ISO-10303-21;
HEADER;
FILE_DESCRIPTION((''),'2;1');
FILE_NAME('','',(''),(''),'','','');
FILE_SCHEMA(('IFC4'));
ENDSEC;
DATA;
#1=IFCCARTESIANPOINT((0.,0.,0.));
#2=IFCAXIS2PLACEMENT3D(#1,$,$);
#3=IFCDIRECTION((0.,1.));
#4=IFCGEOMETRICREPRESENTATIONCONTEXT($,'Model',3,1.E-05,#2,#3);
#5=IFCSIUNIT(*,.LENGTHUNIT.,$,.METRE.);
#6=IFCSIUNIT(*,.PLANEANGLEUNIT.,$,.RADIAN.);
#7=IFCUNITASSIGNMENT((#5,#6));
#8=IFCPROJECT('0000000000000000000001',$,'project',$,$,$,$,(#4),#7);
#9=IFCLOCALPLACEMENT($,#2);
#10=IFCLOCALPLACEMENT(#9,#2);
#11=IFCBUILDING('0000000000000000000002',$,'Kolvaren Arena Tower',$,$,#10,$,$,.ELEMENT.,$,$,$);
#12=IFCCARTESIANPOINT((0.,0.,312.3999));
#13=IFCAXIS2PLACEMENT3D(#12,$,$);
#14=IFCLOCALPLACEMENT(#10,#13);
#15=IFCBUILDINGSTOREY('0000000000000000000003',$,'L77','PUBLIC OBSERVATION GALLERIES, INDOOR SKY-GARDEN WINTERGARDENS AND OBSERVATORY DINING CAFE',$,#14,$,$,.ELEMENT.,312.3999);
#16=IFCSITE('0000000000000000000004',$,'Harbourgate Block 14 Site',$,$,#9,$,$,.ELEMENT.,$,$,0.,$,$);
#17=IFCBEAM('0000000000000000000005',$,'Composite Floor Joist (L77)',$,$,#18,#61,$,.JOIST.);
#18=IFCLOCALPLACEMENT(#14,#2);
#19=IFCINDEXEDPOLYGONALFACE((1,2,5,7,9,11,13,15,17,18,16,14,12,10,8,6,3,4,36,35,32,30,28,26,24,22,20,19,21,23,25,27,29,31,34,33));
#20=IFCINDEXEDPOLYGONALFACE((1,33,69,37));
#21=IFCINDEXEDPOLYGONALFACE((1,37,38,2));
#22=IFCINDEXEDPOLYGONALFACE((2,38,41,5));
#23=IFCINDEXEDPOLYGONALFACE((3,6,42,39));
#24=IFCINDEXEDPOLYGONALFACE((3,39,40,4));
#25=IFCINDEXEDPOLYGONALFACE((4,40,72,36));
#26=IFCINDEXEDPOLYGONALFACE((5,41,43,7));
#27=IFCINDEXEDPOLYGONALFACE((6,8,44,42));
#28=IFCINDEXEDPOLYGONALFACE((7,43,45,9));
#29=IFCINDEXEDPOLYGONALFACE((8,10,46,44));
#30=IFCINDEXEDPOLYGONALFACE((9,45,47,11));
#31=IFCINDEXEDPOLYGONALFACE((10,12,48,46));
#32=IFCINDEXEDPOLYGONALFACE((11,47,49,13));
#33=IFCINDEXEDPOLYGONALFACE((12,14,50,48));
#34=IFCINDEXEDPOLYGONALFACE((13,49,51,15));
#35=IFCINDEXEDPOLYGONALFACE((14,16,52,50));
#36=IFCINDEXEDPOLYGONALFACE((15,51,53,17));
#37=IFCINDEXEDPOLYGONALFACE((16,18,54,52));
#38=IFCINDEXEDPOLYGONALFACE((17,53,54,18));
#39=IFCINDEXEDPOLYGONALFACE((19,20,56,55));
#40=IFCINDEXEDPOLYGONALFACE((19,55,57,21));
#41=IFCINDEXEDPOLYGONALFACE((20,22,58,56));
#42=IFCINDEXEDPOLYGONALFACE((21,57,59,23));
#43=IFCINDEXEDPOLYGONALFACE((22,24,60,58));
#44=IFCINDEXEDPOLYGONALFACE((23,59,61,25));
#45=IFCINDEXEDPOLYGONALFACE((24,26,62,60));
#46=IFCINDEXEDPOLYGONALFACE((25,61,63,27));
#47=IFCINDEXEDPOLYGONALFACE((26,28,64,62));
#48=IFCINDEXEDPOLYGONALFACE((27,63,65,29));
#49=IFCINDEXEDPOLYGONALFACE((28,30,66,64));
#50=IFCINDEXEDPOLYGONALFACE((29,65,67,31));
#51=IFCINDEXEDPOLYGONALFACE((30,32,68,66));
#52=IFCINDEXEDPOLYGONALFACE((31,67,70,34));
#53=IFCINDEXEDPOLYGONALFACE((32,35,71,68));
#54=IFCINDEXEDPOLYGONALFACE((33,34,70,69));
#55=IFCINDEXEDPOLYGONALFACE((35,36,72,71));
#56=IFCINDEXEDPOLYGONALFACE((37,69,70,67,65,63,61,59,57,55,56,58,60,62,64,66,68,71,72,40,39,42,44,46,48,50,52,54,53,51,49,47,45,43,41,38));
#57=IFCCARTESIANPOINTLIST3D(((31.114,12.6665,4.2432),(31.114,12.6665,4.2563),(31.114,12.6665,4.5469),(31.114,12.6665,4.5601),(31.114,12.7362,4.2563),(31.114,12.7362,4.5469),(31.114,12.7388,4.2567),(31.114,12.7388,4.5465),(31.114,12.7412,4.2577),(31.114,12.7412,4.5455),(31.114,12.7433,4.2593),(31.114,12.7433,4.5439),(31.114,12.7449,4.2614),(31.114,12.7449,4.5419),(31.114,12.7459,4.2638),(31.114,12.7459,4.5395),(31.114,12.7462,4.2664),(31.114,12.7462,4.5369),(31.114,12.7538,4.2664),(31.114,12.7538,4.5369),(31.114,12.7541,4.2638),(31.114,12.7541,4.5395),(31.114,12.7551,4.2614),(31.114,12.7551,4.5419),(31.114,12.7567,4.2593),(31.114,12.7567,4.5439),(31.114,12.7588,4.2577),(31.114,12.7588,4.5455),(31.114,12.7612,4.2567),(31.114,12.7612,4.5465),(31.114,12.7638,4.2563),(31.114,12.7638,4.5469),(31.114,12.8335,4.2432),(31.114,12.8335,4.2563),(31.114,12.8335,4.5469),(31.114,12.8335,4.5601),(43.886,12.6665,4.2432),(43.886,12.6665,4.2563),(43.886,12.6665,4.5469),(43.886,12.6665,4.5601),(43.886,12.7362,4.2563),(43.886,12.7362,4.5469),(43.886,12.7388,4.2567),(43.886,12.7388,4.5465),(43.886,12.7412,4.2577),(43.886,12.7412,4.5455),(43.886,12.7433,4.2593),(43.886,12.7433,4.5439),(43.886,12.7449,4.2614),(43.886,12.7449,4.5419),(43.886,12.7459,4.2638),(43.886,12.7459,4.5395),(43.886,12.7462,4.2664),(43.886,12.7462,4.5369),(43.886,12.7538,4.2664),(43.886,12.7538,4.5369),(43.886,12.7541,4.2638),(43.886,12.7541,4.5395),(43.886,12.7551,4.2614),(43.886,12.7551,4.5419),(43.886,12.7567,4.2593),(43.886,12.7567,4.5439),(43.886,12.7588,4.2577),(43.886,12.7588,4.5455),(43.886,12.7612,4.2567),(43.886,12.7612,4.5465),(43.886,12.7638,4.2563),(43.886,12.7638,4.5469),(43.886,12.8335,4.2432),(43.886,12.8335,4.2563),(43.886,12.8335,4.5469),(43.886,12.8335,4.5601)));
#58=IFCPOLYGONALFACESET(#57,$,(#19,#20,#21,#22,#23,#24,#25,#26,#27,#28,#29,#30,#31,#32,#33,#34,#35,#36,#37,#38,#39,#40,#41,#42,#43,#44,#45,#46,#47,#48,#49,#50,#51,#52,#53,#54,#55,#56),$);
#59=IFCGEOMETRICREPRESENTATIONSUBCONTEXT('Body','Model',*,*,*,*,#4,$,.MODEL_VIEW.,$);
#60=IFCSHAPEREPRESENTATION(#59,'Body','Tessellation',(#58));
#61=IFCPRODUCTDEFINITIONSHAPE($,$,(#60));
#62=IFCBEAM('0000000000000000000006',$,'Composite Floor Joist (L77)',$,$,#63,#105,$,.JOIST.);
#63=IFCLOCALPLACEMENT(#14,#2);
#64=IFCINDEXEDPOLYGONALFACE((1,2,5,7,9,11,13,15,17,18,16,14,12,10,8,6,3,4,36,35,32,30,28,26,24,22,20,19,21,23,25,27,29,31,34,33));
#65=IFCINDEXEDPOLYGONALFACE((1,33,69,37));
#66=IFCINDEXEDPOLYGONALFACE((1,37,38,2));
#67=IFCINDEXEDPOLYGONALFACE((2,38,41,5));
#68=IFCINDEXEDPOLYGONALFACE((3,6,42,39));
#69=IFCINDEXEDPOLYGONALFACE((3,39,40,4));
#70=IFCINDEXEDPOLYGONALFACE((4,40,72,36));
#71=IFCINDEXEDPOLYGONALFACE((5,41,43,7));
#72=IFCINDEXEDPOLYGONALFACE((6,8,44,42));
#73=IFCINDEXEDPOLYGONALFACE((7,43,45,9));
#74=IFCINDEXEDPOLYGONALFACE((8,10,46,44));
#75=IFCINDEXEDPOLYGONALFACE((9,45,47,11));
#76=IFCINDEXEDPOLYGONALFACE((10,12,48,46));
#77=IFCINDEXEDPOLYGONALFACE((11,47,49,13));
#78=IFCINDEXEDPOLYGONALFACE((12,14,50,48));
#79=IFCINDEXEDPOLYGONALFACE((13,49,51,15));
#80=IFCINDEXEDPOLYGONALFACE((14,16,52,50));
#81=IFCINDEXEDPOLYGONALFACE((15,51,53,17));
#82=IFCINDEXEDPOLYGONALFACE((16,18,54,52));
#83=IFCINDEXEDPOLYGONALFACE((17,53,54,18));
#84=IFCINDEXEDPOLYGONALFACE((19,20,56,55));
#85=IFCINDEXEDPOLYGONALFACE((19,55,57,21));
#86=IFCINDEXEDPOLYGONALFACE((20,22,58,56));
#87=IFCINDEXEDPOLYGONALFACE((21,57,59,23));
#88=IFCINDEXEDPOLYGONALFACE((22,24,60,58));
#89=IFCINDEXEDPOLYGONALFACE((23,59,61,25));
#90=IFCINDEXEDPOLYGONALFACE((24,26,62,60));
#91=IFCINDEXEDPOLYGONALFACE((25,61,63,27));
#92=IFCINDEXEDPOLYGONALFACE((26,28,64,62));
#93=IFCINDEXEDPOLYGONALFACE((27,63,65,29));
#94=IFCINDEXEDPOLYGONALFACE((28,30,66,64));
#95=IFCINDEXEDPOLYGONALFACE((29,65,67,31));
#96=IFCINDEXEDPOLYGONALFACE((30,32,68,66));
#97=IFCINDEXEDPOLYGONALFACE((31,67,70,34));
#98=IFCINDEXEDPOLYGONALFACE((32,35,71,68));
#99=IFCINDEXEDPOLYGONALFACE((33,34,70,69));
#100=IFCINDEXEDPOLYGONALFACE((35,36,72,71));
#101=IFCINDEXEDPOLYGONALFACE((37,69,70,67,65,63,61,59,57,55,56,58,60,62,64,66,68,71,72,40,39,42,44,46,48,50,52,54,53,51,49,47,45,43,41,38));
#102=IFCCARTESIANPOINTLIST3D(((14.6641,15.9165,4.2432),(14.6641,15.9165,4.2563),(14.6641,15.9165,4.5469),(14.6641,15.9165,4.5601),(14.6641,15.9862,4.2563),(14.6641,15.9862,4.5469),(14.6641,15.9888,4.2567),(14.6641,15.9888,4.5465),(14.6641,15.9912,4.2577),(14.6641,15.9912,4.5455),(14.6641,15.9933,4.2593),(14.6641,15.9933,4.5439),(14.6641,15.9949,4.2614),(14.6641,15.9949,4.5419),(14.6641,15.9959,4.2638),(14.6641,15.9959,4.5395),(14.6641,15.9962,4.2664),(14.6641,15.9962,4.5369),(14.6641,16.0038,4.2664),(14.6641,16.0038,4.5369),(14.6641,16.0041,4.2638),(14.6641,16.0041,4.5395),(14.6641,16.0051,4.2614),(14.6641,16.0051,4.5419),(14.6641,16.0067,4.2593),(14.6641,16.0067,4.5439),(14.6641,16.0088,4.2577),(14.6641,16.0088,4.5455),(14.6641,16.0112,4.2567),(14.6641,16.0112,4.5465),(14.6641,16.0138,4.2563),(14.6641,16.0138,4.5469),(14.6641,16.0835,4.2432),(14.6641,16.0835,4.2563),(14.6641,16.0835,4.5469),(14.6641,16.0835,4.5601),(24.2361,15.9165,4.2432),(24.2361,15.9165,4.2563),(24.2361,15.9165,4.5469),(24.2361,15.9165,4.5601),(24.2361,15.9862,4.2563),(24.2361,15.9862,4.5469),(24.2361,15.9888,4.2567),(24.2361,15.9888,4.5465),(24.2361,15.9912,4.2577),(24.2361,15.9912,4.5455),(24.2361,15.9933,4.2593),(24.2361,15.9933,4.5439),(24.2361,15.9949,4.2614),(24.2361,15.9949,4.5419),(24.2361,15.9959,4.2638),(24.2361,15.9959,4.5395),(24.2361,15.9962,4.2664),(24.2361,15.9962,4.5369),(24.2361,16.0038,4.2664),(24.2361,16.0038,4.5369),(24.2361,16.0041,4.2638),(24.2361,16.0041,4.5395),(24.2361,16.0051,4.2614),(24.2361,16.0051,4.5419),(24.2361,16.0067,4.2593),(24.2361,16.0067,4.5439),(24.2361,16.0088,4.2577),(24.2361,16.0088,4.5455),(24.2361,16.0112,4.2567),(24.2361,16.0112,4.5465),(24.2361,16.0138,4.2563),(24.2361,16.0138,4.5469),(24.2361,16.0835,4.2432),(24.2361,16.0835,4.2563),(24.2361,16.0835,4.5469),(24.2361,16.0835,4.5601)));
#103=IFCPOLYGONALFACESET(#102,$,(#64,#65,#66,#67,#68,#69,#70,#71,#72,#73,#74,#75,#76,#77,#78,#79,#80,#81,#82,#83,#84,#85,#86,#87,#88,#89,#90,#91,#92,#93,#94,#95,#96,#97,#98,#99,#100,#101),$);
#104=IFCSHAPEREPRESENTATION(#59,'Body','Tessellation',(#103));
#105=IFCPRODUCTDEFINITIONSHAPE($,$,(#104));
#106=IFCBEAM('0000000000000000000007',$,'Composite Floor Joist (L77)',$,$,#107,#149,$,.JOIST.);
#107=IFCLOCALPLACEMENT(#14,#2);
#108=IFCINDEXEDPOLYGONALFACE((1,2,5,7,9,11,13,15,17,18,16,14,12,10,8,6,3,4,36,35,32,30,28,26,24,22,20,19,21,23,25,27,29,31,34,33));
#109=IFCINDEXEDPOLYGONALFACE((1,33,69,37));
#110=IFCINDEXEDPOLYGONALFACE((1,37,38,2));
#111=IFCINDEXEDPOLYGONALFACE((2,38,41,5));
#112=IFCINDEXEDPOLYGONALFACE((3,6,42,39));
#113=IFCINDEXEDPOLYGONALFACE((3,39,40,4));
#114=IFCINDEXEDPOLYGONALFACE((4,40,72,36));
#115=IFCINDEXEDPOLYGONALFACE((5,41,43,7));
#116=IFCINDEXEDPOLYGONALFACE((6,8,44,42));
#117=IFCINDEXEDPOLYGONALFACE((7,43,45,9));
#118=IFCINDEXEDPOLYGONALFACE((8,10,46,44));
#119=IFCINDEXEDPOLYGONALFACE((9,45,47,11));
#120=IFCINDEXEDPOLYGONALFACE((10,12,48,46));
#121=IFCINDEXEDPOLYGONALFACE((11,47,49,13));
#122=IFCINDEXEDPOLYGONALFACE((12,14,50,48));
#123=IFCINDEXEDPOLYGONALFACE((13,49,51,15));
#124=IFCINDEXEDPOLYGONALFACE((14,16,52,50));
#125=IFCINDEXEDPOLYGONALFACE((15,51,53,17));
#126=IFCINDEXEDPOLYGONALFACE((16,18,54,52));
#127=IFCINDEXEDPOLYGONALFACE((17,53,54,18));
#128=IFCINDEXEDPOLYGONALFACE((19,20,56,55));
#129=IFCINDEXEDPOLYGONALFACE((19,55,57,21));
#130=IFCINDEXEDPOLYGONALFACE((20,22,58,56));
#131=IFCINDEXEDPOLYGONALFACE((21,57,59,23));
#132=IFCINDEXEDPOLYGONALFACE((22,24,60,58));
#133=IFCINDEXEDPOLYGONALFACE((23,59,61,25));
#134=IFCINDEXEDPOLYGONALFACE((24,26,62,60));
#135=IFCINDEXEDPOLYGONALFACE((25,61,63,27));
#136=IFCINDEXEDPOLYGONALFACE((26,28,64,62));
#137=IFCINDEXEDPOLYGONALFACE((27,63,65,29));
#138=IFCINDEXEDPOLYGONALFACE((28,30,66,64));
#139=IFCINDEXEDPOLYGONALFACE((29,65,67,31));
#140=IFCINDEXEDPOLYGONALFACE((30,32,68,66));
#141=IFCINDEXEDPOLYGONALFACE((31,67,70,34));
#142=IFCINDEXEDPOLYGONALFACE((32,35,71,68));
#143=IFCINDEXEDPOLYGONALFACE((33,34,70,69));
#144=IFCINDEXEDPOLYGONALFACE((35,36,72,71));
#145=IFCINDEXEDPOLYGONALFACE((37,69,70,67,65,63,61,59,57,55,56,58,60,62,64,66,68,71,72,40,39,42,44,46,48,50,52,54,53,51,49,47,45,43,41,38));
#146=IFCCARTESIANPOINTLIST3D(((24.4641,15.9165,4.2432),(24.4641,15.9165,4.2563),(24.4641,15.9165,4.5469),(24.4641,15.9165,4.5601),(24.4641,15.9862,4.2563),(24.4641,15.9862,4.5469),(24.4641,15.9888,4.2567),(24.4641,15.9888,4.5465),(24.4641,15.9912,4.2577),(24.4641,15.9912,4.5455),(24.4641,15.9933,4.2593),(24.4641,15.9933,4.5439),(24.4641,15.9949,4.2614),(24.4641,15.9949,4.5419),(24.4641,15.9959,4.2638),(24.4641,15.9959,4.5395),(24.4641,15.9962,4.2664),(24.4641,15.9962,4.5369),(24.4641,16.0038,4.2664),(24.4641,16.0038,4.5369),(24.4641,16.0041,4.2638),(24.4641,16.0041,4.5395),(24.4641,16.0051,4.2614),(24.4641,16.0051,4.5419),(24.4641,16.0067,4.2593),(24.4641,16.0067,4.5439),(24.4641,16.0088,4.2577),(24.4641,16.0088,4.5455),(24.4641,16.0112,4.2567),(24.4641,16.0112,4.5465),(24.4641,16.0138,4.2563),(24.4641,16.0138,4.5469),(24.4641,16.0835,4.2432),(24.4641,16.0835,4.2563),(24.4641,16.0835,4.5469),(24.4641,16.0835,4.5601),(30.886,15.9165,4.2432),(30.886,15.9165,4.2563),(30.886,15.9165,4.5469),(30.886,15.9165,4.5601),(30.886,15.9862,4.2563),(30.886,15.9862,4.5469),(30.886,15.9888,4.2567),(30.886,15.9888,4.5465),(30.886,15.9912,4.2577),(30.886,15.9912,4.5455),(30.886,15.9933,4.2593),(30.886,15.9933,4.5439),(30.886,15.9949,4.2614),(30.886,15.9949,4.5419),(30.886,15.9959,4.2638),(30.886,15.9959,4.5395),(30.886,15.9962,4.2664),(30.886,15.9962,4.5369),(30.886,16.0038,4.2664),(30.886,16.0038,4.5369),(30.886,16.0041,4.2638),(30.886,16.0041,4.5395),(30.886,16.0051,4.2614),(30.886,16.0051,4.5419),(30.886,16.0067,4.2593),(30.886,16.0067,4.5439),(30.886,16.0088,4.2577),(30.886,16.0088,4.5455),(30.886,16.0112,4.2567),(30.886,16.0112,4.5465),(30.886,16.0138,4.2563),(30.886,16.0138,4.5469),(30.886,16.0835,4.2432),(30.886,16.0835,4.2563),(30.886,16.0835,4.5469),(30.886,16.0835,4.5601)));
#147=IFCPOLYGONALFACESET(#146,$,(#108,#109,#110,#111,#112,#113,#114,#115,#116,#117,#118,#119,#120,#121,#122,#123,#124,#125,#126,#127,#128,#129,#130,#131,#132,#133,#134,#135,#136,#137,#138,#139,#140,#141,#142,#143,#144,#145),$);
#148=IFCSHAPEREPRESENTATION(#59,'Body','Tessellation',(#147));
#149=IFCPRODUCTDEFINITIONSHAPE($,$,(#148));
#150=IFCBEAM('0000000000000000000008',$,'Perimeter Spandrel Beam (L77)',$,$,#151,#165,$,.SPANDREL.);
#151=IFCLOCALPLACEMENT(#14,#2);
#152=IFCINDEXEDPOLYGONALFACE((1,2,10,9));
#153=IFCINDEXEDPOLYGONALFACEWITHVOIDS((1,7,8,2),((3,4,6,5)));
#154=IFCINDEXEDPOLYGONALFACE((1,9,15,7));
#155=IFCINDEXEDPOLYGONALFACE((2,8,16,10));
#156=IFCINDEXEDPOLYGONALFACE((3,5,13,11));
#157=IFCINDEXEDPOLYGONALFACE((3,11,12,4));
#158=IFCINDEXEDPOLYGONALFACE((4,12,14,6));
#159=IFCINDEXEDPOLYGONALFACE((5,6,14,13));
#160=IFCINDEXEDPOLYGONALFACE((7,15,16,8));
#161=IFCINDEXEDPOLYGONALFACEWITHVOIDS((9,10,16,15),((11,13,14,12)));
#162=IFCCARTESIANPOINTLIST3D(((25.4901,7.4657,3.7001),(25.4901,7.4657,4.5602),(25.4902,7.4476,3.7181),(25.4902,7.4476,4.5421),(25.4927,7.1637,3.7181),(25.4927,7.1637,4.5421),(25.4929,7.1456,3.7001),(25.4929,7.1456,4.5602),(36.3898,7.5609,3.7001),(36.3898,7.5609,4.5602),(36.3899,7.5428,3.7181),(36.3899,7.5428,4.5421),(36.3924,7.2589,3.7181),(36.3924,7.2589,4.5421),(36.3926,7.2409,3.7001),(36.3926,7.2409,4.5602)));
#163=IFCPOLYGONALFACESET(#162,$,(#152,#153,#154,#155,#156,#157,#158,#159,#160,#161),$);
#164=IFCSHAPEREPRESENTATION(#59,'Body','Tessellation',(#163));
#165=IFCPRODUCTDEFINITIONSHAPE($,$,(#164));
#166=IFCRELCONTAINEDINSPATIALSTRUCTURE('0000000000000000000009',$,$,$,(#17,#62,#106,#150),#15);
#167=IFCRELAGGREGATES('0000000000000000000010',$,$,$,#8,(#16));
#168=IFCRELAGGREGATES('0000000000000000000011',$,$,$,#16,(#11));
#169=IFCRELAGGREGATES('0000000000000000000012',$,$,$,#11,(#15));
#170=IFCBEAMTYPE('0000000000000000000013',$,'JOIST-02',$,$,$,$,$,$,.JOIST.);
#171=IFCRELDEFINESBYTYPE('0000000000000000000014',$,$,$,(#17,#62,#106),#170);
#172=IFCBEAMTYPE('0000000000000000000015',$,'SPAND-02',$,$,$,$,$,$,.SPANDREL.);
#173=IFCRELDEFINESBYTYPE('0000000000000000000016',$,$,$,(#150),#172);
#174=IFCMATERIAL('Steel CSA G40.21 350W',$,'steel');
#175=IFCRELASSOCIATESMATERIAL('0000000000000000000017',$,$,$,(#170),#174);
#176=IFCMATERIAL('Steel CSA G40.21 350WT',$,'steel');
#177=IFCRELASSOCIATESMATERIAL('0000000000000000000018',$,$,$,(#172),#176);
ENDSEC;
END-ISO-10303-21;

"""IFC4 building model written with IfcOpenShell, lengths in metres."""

from ifc_helpers import new_model, si_unit, direction, frame, origin, origin_2d, place, context, subcontext, project, spatial, hollow_rectangle, i_section, extrude, material, material_profile, profile_set, type_object, element, save


model = new_model("IFC4")

# Units and contexts
model_context = context("Model", 3, precision=1e-05, world=origin(), true_north=direction((0.0, 1.0)))
body_context = subcontext(model_context, "Body", "Model", "MODEL_VIEW")
ifc_project = project(units=[si_unit("LENGTHUNIT", "METRE"), si_unit("PLANEANGLEUNIT", "RADIAN")], contexts=[model_context])

# Site, building, storey
site_placement = place(None, origin())
site = spatial("IfcSite", under=ifc_project, at=site_placement, Name="Harbourgate Block 14 Site", CompositionType="ELEMENT", RefElevation=0.0)
building_placement = place(site_placement, origin())
building = spatial("IfcBuilding", under=site, at=building_placement, Name="Kolvaren Arena Tower", CompositionType="ELEMENT")
storey_placement = place(building_placement, frame((0.0, 0.0, 312.3999)))
storey = spatial("IfcBuildingStorey", under=building, at=storey_placement, Name="L77", Description="PUBLIC OBSERVATION GALLERIES, INDOOR SKY-GARDEN WINTERGARDENS AND OBSERVATORY DINING CAFE", CompositionType="ELEMENT", Elevation=312.3999)

# Beams
ifc_material_1 = material(Name="Steel CSA G40.21 350W", Category="steel")
ifc_material_profile_1 = material_profile(ifc_material_1, i_section(OverallWidth=0.167, OverallDepth=0.3169, WebThickness=0.0076, FlangeThickness=0.0132, FilletRadius=0.01, at=origin_2d()), Name="W310x52")
ifc_profile_set_1 = profile_set([ifc_material_profile_1], Name="Steel CSA G40.21 350W")
beam_type_1 = type_object("IfcBeamType", Name="JOIST-02", PredefinedType="JOIST", material=ifc_profile_set_1)
beam_1_placement = place(storey_placement, frame((31.114, 12.75, 4.4016), z_axis=(1.0, 0.0, 0.0), x_axis=(0.0, 1.0, 0.0)))
element("IfcBeam", 1, at=beam_1_placement, inside=storey, type_object=beam_type_1, Name="Composite Floor Joist (L77)", PredefinedType="JOIST", context=body_context, shape_type="SweptSolid", body=[
    extrude(i_section(OverallWidth=0.167, OverallDepth=0.3169, WebThickness=0.0076, FlangeThickness=0.0132, FilletRadius=0.01, at=origin_2d()), origin(), (0.0, 0.0, 1.0), 12.772),
])
beam_2_placement = place(storey_placement, frame((14.6641, 16.0, 4.4016), z_axis=(1.0, 0.0, 0.0), x_axis=(0.0, 1.0, 0.0)))
element("IfcBeam", 2, at=beam_2_placement, inside=storey, type_object=beam_type_1, Name="Composite Floor Joist (L77)", PredefinedType="JOIST", context=body_context, shape_type="SweptSolid", body=[
    extrude(i_section(OverallWidth=0.167, OverallDepth=0.3169, WebThickness=0.0076, FlangeThickness=0.0132, FilletRadius=0.01, at=origin_2d()), origin(), (0.0, 0.0, 1.0), 9.572),
])
beam_3_placement = place(storey_placement, frame((24.4641, 16.0, 4.4016), z_axis=(1.0, 0.0, 0.0), x_axis=(0.0, 1.0, 0.0)))
element("IfcBeam", 3, at=beam_3_placement, inside=storey, type_object=beam_type_1, Name="Composite Floor Joist (L77)", PredefinedType="JOIST", context=body_context, shape_type="SweptSolid", body=[
    extrude(i_section(OverallWidth=0.167, OverallDepth=0.3169, WebThickness=0.0076, FlangeThickness=0.0132, FilletRadius=0.01, at=origin_2d()), origin(), (0.0, 0.0, 1.0), 6.4219),
])
ifc_material_2 = material(Name="Steel CSA G40.21 350WT", Category="steel")
ifc_material_profile_2 = material_profile(ifc_material_2, hollow_rectangle(XDim=0.3201, YDim=0.8601, WallThickness=0.0181, at=origin_2d()), Name="HSS 860x320x18")
ifc_profile_set_2 = profile_set([ifc_material_profile_2], Name="Steel CSA G40.21 350WT")
beam_type_2 = type_object("IfcBeamType", Name="SPAND-02", PredefinedType="SPANDREL", material=ifc_profile_set_2)
beam_4_placement = place(storey_placement, frame((25.4915, 7.3057, 4.1301), z_axis=(0.999962, 0.008735, 0.0), x_axis=(-0.008735, 0.999962, 0.0)))
element("IfcBeam", 4, at=beam_4_placement, inside=storey, type_object=beam_type_2, Name="Perimeter Spandrel Beam (L77)", PredefinedType="SPANDREL", context=body_context, shape_type="SweptSolid", body=[
    extrude(hollow_rectangle(XDim=0.3201, YDim=0.8601, WallThickness=0.0181, at=origin_2d()), origin(), (0.0, 0.0, 1.0), 10.9001),
])

save(model, "model.ifc")
